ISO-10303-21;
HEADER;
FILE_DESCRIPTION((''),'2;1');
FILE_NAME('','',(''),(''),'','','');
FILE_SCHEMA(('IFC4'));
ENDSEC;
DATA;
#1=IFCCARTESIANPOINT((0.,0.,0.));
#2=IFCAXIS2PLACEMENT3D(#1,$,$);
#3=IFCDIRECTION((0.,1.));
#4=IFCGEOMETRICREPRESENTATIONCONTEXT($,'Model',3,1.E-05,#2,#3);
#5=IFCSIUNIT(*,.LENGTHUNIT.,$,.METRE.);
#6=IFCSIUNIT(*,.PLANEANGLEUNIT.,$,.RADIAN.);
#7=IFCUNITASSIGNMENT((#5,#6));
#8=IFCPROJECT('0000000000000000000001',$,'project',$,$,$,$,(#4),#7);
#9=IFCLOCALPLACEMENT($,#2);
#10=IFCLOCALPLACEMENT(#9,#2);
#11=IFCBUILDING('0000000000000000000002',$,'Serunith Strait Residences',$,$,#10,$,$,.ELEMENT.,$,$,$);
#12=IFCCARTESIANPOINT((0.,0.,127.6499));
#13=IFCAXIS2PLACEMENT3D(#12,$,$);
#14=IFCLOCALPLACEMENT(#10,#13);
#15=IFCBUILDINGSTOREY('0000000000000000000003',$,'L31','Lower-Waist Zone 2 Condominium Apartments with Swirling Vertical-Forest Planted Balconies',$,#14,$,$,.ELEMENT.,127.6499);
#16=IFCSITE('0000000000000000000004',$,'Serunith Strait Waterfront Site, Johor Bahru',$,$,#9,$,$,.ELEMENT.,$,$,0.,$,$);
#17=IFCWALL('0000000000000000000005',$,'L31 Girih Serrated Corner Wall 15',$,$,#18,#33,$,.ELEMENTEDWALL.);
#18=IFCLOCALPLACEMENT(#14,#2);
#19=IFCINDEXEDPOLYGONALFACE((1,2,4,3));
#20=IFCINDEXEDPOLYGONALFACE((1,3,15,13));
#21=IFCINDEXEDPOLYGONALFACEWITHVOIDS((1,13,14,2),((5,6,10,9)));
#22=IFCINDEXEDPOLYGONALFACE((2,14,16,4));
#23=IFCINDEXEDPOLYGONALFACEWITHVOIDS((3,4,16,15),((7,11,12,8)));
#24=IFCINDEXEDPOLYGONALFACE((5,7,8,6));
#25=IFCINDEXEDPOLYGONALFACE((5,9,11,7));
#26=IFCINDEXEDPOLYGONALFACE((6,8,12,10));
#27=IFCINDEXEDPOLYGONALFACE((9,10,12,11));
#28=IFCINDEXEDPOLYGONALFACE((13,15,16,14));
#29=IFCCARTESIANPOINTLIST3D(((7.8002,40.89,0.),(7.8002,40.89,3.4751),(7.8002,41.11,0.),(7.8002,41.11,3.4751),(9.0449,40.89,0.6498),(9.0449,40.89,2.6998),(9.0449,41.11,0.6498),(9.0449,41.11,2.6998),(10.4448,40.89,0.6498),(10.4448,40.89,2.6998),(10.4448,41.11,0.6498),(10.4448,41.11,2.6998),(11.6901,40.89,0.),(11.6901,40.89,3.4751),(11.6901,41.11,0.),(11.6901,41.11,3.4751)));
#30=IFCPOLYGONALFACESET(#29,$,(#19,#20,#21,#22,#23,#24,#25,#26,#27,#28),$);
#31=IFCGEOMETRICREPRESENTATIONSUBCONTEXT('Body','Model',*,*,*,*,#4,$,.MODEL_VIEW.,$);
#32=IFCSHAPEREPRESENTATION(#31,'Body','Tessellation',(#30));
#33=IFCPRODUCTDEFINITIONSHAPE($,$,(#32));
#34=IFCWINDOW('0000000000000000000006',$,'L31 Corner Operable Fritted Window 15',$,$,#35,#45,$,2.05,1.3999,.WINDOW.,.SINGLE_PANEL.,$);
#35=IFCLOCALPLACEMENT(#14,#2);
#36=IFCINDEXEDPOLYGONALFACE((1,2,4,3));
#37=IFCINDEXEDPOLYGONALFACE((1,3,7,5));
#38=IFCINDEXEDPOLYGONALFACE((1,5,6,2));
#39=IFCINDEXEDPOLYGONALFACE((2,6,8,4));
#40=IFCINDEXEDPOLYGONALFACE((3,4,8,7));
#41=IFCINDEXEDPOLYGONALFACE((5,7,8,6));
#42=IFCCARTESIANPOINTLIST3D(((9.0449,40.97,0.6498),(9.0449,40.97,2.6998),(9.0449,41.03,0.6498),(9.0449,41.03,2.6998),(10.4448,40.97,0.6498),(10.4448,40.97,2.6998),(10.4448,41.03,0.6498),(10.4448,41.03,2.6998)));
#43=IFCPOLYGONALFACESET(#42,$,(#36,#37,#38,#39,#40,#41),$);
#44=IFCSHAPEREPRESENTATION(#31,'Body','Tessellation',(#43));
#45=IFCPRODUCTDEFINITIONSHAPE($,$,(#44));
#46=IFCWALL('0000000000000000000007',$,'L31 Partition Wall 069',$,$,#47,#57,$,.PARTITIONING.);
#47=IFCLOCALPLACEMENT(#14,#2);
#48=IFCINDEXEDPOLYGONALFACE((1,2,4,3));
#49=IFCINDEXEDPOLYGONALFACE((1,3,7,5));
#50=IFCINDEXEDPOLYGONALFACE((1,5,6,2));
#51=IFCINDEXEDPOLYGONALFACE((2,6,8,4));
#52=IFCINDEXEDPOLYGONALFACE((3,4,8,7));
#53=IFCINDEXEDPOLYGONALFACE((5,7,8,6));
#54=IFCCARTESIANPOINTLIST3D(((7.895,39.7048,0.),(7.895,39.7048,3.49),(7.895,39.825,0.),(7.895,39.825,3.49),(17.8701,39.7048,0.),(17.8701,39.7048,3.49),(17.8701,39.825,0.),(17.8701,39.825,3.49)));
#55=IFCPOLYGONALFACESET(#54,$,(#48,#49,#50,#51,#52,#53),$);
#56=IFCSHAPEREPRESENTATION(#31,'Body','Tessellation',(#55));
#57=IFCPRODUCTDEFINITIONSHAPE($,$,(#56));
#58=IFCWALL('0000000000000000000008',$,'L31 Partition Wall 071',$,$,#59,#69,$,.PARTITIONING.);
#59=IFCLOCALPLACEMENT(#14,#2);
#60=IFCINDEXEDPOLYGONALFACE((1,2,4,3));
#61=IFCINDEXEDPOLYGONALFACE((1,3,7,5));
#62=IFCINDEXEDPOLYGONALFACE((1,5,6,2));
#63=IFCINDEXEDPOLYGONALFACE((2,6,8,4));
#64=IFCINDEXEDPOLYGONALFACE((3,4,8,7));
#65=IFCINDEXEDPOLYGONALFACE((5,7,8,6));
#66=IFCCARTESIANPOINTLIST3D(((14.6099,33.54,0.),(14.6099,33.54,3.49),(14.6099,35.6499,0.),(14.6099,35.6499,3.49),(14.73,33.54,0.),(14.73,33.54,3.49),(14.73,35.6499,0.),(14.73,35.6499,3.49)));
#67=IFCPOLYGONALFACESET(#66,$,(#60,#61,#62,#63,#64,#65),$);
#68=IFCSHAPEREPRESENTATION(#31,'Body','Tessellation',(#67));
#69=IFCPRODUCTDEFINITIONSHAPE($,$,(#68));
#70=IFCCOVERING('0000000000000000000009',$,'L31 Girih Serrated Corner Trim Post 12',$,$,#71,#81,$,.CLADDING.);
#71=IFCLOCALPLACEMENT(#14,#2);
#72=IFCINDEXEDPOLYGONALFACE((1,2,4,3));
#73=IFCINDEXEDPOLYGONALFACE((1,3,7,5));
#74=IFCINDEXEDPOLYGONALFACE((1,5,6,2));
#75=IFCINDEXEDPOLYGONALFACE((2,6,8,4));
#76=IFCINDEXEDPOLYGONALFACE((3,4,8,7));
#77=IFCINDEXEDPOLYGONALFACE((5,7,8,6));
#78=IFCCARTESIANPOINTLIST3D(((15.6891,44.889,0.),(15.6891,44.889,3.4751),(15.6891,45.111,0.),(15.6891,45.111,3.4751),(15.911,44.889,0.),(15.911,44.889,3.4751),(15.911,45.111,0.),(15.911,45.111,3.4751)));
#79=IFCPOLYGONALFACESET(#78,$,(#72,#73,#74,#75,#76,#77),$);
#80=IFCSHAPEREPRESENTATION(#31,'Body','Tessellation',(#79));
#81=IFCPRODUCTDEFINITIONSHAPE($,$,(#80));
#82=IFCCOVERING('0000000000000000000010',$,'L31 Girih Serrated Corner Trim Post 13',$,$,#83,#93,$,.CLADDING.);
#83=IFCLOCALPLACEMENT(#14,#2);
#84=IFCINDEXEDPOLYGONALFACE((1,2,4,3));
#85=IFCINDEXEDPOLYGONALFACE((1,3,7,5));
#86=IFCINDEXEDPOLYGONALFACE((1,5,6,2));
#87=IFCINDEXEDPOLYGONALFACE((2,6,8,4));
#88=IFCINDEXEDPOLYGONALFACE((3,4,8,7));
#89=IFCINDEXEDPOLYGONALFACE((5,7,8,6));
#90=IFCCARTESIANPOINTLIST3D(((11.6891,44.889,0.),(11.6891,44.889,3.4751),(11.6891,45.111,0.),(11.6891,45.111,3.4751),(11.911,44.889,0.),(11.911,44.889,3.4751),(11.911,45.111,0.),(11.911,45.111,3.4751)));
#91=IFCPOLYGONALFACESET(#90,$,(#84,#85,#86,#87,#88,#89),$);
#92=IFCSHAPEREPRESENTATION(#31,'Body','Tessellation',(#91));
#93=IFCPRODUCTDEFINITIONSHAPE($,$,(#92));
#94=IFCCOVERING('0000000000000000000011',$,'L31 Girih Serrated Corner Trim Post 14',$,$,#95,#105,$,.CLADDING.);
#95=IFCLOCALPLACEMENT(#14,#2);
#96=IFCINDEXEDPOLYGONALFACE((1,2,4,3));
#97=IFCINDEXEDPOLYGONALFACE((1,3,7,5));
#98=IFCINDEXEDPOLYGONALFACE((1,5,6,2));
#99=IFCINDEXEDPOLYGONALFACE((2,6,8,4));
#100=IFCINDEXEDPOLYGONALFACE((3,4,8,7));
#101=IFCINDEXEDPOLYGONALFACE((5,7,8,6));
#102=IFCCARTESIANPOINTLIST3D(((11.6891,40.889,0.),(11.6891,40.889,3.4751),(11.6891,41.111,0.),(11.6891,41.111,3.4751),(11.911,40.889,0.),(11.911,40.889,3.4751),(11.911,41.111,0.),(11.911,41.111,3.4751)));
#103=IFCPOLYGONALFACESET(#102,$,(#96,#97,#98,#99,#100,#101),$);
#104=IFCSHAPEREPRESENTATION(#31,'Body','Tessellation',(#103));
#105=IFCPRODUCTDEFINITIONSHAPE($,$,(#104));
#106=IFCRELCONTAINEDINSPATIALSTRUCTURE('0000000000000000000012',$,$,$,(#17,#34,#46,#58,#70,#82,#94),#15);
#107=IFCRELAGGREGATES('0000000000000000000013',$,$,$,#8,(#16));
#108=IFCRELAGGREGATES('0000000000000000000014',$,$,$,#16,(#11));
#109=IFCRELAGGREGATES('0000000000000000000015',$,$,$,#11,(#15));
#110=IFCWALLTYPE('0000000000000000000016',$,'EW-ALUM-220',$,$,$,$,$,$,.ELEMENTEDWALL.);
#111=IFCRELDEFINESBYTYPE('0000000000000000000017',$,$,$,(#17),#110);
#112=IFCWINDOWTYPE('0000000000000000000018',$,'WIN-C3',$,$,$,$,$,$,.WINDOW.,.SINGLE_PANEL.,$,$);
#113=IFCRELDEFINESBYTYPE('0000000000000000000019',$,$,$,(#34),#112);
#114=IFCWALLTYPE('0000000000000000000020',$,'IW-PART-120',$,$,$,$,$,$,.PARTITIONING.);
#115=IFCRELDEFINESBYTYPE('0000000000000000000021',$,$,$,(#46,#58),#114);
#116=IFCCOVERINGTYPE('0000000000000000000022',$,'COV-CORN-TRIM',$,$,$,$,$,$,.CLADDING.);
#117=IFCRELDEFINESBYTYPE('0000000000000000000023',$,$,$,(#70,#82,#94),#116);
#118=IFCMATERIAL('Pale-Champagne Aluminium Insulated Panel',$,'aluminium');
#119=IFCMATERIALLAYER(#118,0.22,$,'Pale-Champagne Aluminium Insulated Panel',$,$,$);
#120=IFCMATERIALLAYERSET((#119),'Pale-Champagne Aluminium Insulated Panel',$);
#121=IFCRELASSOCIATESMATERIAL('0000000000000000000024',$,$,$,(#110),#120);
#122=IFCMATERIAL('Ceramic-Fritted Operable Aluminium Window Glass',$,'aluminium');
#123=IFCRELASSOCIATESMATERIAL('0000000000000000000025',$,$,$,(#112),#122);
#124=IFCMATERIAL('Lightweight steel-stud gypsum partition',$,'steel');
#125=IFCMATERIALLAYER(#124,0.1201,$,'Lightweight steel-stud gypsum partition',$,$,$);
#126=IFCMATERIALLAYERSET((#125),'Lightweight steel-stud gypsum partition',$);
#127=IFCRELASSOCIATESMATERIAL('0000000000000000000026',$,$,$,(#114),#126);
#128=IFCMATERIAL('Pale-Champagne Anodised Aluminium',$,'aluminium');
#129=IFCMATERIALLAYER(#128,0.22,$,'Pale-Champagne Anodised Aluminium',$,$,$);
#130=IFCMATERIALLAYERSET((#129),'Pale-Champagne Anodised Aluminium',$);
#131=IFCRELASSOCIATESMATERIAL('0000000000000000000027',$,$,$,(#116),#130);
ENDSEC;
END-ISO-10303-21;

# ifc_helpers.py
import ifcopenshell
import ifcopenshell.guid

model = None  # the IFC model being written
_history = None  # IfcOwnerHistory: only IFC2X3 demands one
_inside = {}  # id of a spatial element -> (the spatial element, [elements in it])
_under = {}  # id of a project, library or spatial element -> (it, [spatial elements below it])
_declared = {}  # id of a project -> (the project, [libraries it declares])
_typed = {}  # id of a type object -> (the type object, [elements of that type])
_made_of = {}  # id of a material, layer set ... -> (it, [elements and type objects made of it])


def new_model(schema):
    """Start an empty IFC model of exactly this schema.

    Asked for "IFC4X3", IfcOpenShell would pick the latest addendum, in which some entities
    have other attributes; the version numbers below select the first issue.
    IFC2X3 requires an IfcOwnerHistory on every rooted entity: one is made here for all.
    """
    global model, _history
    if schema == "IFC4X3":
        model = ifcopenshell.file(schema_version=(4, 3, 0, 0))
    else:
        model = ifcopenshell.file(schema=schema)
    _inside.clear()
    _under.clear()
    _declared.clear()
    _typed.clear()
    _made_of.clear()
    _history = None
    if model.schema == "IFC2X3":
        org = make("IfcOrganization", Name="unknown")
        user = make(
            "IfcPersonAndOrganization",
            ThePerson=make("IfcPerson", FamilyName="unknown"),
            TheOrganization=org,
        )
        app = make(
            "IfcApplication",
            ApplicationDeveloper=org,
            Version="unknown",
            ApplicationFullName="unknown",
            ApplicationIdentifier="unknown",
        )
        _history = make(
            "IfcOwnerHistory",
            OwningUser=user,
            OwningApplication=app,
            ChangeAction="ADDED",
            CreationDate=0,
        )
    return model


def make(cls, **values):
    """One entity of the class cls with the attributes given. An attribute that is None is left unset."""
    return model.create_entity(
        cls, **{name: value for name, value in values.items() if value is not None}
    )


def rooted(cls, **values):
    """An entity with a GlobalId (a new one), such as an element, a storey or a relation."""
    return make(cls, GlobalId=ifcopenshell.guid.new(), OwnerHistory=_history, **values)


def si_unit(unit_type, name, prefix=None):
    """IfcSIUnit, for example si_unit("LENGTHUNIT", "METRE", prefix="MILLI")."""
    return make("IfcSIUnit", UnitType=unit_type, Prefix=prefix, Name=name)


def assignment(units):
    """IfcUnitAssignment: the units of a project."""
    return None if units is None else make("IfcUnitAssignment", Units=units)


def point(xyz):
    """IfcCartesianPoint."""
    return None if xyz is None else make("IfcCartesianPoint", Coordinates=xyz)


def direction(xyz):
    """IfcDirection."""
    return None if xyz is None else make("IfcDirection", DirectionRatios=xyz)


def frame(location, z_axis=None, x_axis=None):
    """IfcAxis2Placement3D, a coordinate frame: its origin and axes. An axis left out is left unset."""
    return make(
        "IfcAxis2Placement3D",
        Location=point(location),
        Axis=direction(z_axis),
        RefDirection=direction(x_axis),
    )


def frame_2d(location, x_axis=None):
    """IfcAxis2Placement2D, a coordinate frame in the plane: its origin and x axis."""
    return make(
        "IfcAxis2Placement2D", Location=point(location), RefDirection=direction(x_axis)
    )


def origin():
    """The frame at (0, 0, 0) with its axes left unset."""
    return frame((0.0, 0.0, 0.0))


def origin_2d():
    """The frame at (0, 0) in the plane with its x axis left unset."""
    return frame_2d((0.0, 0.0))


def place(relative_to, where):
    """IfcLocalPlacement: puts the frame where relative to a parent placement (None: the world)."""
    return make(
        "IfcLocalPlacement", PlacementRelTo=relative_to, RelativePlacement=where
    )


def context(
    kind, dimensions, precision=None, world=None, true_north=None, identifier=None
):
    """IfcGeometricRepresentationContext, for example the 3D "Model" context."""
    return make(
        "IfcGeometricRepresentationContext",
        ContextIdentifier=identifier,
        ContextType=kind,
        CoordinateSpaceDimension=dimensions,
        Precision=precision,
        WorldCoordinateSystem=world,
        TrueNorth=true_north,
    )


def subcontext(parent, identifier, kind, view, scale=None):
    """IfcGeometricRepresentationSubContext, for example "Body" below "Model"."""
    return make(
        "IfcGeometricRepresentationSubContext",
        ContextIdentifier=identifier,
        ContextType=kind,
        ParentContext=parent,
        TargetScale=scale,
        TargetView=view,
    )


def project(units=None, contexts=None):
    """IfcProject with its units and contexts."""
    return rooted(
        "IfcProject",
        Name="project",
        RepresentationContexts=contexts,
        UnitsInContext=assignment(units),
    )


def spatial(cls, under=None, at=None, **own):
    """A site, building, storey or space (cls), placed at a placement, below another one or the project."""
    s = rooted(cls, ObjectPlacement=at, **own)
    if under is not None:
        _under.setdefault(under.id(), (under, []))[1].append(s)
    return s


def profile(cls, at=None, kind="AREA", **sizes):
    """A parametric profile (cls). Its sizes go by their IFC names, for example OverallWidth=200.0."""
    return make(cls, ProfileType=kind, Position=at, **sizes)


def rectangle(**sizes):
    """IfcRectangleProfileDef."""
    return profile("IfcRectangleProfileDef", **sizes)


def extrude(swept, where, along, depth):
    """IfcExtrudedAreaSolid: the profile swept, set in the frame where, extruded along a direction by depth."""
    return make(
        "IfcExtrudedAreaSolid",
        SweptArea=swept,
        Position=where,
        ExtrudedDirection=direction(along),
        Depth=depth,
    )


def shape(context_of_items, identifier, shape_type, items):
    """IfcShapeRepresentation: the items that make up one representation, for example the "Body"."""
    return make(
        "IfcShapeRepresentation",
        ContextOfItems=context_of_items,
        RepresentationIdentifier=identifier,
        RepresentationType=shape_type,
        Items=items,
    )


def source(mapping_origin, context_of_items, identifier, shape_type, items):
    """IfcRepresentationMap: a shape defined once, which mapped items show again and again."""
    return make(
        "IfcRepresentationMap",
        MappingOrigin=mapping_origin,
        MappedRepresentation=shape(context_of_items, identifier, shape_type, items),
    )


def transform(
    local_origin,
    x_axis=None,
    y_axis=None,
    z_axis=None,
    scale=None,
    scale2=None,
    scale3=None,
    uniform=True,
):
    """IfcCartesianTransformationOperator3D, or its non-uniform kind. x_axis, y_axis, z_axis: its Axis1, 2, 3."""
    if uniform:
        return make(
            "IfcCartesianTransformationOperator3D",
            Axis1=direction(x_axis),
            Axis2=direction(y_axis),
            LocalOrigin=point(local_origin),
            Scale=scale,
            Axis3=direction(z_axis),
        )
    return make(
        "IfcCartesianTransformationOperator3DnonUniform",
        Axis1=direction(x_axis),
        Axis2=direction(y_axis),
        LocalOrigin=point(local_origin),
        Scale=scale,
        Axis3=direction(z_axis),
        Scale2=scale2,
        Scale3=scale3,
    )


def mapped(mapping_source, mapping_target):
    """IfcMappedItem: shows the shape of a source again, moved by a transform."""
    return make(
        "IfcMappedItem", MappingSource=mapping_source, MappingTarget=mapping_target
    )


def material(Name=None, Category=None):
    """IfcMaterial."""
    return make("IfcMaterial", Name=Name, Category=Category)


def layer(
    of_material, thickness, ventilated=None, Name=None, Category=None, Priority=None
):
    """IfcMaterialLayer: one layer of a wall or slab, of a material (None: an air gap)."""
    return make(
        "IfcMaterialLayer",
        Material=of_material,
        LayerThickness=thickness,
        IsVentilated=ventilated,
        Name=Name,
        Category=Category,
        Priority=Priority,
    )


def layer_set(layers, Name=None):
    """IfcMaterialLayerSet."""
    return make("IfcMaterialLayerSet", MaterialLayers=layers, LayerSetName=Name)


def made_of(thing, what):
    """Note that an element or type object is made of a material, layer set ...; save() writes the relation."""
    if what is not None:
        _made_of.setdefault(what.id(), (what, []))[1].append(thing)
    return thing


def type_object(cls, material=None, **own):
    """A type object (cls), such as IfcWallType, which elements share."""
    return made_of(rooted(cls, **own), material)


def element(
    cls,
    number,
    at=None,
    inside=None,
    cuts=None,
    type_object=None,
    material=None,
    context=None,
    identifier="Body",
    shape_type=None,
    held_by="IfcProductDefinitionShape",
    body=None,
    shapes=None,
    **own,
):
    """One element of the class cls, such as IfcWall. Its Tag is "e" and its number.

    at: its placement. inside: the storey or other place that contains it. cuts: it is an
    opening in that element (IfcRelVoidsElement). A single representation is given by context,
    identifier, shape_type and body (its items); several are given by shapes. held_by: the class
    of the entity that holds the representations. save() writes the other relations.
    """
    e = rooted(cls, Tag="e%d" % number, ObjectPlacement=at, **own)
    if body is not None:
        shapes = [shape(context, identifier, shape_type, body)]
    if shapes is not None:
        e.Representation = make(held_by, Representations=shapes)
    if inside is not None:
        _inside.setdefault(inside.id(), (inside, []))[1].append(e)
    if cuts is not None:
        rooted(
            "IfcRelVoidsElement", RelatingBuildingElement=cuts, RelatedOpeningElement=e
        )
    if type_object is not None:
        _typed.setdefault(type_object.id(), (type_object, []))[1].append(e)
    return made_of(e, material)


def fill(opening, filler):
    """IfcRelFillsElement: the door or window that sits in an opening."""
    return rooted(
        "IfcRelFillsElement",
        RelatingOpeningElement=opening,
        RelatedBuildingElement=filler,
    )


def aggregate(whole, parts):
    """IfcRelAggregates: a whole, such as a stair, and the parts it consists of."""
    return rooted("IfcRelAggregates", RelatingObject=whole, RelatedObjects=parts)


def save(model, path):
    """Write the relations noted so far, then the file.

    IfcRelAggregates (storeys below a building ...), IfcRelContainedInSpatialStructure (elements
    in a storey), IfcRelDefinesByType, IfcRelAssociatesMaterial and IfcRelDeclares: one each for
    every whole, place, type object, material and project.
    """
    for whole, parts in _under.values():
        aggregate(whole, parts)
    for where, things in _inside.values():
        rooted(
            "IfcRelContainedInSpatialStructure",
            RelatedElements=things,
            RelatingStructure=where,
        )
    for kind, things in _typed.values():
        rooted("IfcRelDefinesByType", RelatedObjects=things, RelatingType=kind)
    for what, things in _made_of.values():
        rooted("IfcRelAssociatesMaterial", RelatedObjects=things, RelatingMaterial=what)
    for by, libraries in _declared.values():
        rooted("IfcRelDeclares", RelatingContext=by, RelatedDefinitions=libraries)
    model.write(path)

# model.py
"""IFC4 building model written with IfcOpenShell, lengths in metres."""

from ifc_helpers import new_model, si_unit, direction, frame, frame_2d, origin, origin_2d, place, context, subcontext, project, spatial, rectangle, extrude, source, transform, mapped, material, layer, layer_set, type_object, element, fill, save


model = new_model("IFC4")

# Units and contexts
model_context = context("Model", 3, precision=1e-05, world=origin(), true_north=direction((0.0, 1.0)))
body_context = subcontext(model_context, "Body", "Model", "MODEL_VIEW")
ifc_project = project(units=[si_unit("LENGTHUNIT", "METRE"), si_unit("PLANEANGLEUNIT", "RADIAN")], contexts=[model_context])

# Site, building, storey
site_placement = place(None, origin())
site = spatial("IfcSite", under=ifc_project, at=site_placement, Name="Serunith Strait Waterfront Site, Johor Bahru", CompositionType="ELEMENT", RefElevation=0.0)
building_placement = place(site_placement, origin())
building = spatial("IfcBuilding", under=site, at=building_placement, Name="Serunith Strait Residences", CompositionType="ELEMENT")
storey_placement = place(building_placement, frame((0.0, 0.0, 127.6499)))
storey = spatial("IfcBuildingStorey", under=building, at=storey_placement, Name="L31", Description="Lower-Waist Zone 2 Condominium Apartments with Swirling Vertical-Forest Planted Balconies", CompositionType="ELEMENT", Elevation=127.6499)

# Shared definitions
ifc_material_1 = material(Name="Pale-Champagne Anodised Aluminium", Category="aluminium")

# Wall, opening, window
ifc_material_2 = material(Name="Pale-Champagne Aluminium Insulated Panel", Category="aluminium")
ifc_layer_1 = layer(ifc_material_2, 0.22, Name="Pale-Champagne Aluminium Insulated Panel")
ifc_layer_set_1 = layer_set([ifc_layer_1], Name="Pale-Champagne Aluminium Insulated Panel")
wall_type_1 = type_object("IfcWallType", Name="EW-ALUM-220", PredefinedType="ELEMENTEDWALL", material=ifc_layer_set_1)
ifc_material_3 = material(Name="Ceramic-Fritted Operable Aluminium Window Glass", Category="aluminium")
window_type = type_object("IfcWindowType", Name="WIN-C3", PartitioningType="SINGLE_PANEL", PredefinedType="WINDOW", material=ifc_material_3)
shared_shape_1 = source(origin(), body_context, "Body", "SweptSolid", [
    extrude(rectangle(XDim=1.3999, YDim=2.05, at=frame_2d((0.7, 1.0249))), frame((0.0, 0.03, 0.0), z_axis=(0.0, -1.0, 0.0), x_axis=(1.0, 0.0, 0.0)), (0.0, 0.0, 1.0), 0.0601),
])
wall_1_placement = place(storey_placement, frame((11.6899, 41.0, 0.0), z_axis=(0.0, 0.0, 1.0), x_axis=(-1.0, 0.0, 0.0)))
wall_1 = element("IfcWall", 1, at=wall_1_placement, inside=storey, type_object=wall_type_1, Name="L31 Girih Serrated Corner Wall 15", PredefinedType="ELEMENTEDWALL", context=body_context, shape_type="SweptSolid", body=[
    extrude(rectangle(XDim=3.8899, YDim=0.22, at=frame_2d((1.9448, 0.0))), origin(), (0.0, 0.0, 1.0), 3.4751),
])
opening_1_placement = place(wall_1_placement, frame((1.2451, 0.0, 0.6499)))
opening_1 = element("IfcOpeningElement", 2, at=opening_1_placement, cuts=wall_1, PredefinedType="OPENING", context=body_context, shape_type="SweptSolid", body=[
    extrude(rectangle(XDim=1.3999, YDim=2.05, at=frame_2d((0.7, 1.0249))), frame((0.0, 0.1201, 0.0), z_axis=(0.0, -1.0, 0.0), x_axis=(1.0, 0.0, 0.0)), (0.0, 0.0, 1.0), 0.24),
])
window_1_placement = place(opening_1_placement, origin())
window_1 = element("IfcWindow", 3, at=window_1_placement, inside=storey, type_object=window_type, Name="L31 Corner Operable Fritted Window 15", OverallHeight=2.05, OverallWidth=1.3999, PartitioningType="SINGLE_PANEL", PredefinedType="WINDOW", context=body_context, shape_type="MappedRepresentation", body=[
    mapped(shared_shape_1, transform((0.0, 0.0, 0.0), scale=1.0)),
])
fill(opening_1, window_1)

# Walls
ifc_material_4 = material(Name="Lightweight steel-stud gypsum partition", Category="steel")
ifc_layer_2 = layer(ifc_material_4, 0.1201, Name="Lightweight steel-stud gypsum partition")
ifc_layer_set_2 = layer_set([ifc_layer_2], Name="Lightweight steel-stud gypsum partition")
wall_type_2 = type_object("IfcWallType", Name="IW-PART-120", PredefinedType="PARTITIONING", material=ifc_layer_set_2)
wall_2_placement = place(storey_placement, frame((7.895, 39.7649, 0.0), z_axis=(0.0, 0.0, 1.0), x_axis=(1.0, 0.0, 0.0)))
element("IfcWall", 4, at=wall_2_placement, inside=storey, type_object=wall_type_2, Name="L31 Partition Wall 069", PredefinedType="PARTITIONING", context=body_context, shape_type="SweptSolid", body=[
    extrude(rectangle(XDim=9.9751, YDim=0.1201, at=frame_2d((4.9875, 0.0))), origin(), (0.0, 0.0, 1.0), 3.49),
])
wall_3_placement = place(storey_placement, frame((14.6699, 35.6499, 0.0), z_axis=(0.0, 0.0, 1.0), x_axis=(0.0, -1.0, 0.0)))
element("IfcWall", 5, at=wall_3_placement, inside=storey, type_object=wall_type_2, Name="L31 Partition Wall 071", PredefinedType="PARTITIONING", context=body_context, shape_type="SweptSolid", body=[
    extrude(rectangle(XDim=2.1099, YDim=0.1201, at=frame_2d((1.0549, 0.0))), origin(), (0.0, 0.0, 1.0), 3.49),
])

# Coverings
ifc_layer_3 = layer(ifc_material_1, 0.22, Name="Pale-Champagne Anodised Aluminium")
ifc_layer_set_3 = layer_set([ifc_layer_3], Name="Pale-Champagne Anodised Aluminium")
covering_type = type_object("IfcCoveringType", Name="COV-CORN-TRIM", PredefinedType="CLADDING", material=ifc_layer_set_3)
shared_shape_2 = source(origin(), body_context, "Body", "SweptSolid", [
    extrude(rectangle(XDim=0.2219, YDim=0.2219, at=origin_2d()), origin(), (0.0, 0.0, 1.0), 3.4751),
])
for number, where, z_axis, x_axis, name in (
    (6, (15.8, 45.0, 0.0), (0.0, 0.0, 1.0), (1.0, 0.0, 0.0), "L31 Girih Serrated Corner Trim Post 12"),
    (7, (11.8, 45.0, 0.0), (0.0, 0.0, 1.0), (1.0, 0.0, 0.0), "L31 Girih Serrated Corner Trim Post 13"),
    (8, (11.8, 41.0, 0.0), (0.0, 0.0, 1.0), (1.0, 0.0, 0.0), "L31 Girih Serrated Corner Trim Post 14"),
):
    element("IfcCovering", number, at=place(storey_placement, frame(where, z_axis=z_axis, x_axis=x_axis)), inside=storey, type_object=covering_type, Name=name, PredefinedType="CLADDING", context=body_context, shape_type="MappedRepresentation", body=[
        mapped(shared_shape_2, transform((0.0, 0.0, 0.0), scale=1.0)),
    ])

save(model, "model.ifc")
